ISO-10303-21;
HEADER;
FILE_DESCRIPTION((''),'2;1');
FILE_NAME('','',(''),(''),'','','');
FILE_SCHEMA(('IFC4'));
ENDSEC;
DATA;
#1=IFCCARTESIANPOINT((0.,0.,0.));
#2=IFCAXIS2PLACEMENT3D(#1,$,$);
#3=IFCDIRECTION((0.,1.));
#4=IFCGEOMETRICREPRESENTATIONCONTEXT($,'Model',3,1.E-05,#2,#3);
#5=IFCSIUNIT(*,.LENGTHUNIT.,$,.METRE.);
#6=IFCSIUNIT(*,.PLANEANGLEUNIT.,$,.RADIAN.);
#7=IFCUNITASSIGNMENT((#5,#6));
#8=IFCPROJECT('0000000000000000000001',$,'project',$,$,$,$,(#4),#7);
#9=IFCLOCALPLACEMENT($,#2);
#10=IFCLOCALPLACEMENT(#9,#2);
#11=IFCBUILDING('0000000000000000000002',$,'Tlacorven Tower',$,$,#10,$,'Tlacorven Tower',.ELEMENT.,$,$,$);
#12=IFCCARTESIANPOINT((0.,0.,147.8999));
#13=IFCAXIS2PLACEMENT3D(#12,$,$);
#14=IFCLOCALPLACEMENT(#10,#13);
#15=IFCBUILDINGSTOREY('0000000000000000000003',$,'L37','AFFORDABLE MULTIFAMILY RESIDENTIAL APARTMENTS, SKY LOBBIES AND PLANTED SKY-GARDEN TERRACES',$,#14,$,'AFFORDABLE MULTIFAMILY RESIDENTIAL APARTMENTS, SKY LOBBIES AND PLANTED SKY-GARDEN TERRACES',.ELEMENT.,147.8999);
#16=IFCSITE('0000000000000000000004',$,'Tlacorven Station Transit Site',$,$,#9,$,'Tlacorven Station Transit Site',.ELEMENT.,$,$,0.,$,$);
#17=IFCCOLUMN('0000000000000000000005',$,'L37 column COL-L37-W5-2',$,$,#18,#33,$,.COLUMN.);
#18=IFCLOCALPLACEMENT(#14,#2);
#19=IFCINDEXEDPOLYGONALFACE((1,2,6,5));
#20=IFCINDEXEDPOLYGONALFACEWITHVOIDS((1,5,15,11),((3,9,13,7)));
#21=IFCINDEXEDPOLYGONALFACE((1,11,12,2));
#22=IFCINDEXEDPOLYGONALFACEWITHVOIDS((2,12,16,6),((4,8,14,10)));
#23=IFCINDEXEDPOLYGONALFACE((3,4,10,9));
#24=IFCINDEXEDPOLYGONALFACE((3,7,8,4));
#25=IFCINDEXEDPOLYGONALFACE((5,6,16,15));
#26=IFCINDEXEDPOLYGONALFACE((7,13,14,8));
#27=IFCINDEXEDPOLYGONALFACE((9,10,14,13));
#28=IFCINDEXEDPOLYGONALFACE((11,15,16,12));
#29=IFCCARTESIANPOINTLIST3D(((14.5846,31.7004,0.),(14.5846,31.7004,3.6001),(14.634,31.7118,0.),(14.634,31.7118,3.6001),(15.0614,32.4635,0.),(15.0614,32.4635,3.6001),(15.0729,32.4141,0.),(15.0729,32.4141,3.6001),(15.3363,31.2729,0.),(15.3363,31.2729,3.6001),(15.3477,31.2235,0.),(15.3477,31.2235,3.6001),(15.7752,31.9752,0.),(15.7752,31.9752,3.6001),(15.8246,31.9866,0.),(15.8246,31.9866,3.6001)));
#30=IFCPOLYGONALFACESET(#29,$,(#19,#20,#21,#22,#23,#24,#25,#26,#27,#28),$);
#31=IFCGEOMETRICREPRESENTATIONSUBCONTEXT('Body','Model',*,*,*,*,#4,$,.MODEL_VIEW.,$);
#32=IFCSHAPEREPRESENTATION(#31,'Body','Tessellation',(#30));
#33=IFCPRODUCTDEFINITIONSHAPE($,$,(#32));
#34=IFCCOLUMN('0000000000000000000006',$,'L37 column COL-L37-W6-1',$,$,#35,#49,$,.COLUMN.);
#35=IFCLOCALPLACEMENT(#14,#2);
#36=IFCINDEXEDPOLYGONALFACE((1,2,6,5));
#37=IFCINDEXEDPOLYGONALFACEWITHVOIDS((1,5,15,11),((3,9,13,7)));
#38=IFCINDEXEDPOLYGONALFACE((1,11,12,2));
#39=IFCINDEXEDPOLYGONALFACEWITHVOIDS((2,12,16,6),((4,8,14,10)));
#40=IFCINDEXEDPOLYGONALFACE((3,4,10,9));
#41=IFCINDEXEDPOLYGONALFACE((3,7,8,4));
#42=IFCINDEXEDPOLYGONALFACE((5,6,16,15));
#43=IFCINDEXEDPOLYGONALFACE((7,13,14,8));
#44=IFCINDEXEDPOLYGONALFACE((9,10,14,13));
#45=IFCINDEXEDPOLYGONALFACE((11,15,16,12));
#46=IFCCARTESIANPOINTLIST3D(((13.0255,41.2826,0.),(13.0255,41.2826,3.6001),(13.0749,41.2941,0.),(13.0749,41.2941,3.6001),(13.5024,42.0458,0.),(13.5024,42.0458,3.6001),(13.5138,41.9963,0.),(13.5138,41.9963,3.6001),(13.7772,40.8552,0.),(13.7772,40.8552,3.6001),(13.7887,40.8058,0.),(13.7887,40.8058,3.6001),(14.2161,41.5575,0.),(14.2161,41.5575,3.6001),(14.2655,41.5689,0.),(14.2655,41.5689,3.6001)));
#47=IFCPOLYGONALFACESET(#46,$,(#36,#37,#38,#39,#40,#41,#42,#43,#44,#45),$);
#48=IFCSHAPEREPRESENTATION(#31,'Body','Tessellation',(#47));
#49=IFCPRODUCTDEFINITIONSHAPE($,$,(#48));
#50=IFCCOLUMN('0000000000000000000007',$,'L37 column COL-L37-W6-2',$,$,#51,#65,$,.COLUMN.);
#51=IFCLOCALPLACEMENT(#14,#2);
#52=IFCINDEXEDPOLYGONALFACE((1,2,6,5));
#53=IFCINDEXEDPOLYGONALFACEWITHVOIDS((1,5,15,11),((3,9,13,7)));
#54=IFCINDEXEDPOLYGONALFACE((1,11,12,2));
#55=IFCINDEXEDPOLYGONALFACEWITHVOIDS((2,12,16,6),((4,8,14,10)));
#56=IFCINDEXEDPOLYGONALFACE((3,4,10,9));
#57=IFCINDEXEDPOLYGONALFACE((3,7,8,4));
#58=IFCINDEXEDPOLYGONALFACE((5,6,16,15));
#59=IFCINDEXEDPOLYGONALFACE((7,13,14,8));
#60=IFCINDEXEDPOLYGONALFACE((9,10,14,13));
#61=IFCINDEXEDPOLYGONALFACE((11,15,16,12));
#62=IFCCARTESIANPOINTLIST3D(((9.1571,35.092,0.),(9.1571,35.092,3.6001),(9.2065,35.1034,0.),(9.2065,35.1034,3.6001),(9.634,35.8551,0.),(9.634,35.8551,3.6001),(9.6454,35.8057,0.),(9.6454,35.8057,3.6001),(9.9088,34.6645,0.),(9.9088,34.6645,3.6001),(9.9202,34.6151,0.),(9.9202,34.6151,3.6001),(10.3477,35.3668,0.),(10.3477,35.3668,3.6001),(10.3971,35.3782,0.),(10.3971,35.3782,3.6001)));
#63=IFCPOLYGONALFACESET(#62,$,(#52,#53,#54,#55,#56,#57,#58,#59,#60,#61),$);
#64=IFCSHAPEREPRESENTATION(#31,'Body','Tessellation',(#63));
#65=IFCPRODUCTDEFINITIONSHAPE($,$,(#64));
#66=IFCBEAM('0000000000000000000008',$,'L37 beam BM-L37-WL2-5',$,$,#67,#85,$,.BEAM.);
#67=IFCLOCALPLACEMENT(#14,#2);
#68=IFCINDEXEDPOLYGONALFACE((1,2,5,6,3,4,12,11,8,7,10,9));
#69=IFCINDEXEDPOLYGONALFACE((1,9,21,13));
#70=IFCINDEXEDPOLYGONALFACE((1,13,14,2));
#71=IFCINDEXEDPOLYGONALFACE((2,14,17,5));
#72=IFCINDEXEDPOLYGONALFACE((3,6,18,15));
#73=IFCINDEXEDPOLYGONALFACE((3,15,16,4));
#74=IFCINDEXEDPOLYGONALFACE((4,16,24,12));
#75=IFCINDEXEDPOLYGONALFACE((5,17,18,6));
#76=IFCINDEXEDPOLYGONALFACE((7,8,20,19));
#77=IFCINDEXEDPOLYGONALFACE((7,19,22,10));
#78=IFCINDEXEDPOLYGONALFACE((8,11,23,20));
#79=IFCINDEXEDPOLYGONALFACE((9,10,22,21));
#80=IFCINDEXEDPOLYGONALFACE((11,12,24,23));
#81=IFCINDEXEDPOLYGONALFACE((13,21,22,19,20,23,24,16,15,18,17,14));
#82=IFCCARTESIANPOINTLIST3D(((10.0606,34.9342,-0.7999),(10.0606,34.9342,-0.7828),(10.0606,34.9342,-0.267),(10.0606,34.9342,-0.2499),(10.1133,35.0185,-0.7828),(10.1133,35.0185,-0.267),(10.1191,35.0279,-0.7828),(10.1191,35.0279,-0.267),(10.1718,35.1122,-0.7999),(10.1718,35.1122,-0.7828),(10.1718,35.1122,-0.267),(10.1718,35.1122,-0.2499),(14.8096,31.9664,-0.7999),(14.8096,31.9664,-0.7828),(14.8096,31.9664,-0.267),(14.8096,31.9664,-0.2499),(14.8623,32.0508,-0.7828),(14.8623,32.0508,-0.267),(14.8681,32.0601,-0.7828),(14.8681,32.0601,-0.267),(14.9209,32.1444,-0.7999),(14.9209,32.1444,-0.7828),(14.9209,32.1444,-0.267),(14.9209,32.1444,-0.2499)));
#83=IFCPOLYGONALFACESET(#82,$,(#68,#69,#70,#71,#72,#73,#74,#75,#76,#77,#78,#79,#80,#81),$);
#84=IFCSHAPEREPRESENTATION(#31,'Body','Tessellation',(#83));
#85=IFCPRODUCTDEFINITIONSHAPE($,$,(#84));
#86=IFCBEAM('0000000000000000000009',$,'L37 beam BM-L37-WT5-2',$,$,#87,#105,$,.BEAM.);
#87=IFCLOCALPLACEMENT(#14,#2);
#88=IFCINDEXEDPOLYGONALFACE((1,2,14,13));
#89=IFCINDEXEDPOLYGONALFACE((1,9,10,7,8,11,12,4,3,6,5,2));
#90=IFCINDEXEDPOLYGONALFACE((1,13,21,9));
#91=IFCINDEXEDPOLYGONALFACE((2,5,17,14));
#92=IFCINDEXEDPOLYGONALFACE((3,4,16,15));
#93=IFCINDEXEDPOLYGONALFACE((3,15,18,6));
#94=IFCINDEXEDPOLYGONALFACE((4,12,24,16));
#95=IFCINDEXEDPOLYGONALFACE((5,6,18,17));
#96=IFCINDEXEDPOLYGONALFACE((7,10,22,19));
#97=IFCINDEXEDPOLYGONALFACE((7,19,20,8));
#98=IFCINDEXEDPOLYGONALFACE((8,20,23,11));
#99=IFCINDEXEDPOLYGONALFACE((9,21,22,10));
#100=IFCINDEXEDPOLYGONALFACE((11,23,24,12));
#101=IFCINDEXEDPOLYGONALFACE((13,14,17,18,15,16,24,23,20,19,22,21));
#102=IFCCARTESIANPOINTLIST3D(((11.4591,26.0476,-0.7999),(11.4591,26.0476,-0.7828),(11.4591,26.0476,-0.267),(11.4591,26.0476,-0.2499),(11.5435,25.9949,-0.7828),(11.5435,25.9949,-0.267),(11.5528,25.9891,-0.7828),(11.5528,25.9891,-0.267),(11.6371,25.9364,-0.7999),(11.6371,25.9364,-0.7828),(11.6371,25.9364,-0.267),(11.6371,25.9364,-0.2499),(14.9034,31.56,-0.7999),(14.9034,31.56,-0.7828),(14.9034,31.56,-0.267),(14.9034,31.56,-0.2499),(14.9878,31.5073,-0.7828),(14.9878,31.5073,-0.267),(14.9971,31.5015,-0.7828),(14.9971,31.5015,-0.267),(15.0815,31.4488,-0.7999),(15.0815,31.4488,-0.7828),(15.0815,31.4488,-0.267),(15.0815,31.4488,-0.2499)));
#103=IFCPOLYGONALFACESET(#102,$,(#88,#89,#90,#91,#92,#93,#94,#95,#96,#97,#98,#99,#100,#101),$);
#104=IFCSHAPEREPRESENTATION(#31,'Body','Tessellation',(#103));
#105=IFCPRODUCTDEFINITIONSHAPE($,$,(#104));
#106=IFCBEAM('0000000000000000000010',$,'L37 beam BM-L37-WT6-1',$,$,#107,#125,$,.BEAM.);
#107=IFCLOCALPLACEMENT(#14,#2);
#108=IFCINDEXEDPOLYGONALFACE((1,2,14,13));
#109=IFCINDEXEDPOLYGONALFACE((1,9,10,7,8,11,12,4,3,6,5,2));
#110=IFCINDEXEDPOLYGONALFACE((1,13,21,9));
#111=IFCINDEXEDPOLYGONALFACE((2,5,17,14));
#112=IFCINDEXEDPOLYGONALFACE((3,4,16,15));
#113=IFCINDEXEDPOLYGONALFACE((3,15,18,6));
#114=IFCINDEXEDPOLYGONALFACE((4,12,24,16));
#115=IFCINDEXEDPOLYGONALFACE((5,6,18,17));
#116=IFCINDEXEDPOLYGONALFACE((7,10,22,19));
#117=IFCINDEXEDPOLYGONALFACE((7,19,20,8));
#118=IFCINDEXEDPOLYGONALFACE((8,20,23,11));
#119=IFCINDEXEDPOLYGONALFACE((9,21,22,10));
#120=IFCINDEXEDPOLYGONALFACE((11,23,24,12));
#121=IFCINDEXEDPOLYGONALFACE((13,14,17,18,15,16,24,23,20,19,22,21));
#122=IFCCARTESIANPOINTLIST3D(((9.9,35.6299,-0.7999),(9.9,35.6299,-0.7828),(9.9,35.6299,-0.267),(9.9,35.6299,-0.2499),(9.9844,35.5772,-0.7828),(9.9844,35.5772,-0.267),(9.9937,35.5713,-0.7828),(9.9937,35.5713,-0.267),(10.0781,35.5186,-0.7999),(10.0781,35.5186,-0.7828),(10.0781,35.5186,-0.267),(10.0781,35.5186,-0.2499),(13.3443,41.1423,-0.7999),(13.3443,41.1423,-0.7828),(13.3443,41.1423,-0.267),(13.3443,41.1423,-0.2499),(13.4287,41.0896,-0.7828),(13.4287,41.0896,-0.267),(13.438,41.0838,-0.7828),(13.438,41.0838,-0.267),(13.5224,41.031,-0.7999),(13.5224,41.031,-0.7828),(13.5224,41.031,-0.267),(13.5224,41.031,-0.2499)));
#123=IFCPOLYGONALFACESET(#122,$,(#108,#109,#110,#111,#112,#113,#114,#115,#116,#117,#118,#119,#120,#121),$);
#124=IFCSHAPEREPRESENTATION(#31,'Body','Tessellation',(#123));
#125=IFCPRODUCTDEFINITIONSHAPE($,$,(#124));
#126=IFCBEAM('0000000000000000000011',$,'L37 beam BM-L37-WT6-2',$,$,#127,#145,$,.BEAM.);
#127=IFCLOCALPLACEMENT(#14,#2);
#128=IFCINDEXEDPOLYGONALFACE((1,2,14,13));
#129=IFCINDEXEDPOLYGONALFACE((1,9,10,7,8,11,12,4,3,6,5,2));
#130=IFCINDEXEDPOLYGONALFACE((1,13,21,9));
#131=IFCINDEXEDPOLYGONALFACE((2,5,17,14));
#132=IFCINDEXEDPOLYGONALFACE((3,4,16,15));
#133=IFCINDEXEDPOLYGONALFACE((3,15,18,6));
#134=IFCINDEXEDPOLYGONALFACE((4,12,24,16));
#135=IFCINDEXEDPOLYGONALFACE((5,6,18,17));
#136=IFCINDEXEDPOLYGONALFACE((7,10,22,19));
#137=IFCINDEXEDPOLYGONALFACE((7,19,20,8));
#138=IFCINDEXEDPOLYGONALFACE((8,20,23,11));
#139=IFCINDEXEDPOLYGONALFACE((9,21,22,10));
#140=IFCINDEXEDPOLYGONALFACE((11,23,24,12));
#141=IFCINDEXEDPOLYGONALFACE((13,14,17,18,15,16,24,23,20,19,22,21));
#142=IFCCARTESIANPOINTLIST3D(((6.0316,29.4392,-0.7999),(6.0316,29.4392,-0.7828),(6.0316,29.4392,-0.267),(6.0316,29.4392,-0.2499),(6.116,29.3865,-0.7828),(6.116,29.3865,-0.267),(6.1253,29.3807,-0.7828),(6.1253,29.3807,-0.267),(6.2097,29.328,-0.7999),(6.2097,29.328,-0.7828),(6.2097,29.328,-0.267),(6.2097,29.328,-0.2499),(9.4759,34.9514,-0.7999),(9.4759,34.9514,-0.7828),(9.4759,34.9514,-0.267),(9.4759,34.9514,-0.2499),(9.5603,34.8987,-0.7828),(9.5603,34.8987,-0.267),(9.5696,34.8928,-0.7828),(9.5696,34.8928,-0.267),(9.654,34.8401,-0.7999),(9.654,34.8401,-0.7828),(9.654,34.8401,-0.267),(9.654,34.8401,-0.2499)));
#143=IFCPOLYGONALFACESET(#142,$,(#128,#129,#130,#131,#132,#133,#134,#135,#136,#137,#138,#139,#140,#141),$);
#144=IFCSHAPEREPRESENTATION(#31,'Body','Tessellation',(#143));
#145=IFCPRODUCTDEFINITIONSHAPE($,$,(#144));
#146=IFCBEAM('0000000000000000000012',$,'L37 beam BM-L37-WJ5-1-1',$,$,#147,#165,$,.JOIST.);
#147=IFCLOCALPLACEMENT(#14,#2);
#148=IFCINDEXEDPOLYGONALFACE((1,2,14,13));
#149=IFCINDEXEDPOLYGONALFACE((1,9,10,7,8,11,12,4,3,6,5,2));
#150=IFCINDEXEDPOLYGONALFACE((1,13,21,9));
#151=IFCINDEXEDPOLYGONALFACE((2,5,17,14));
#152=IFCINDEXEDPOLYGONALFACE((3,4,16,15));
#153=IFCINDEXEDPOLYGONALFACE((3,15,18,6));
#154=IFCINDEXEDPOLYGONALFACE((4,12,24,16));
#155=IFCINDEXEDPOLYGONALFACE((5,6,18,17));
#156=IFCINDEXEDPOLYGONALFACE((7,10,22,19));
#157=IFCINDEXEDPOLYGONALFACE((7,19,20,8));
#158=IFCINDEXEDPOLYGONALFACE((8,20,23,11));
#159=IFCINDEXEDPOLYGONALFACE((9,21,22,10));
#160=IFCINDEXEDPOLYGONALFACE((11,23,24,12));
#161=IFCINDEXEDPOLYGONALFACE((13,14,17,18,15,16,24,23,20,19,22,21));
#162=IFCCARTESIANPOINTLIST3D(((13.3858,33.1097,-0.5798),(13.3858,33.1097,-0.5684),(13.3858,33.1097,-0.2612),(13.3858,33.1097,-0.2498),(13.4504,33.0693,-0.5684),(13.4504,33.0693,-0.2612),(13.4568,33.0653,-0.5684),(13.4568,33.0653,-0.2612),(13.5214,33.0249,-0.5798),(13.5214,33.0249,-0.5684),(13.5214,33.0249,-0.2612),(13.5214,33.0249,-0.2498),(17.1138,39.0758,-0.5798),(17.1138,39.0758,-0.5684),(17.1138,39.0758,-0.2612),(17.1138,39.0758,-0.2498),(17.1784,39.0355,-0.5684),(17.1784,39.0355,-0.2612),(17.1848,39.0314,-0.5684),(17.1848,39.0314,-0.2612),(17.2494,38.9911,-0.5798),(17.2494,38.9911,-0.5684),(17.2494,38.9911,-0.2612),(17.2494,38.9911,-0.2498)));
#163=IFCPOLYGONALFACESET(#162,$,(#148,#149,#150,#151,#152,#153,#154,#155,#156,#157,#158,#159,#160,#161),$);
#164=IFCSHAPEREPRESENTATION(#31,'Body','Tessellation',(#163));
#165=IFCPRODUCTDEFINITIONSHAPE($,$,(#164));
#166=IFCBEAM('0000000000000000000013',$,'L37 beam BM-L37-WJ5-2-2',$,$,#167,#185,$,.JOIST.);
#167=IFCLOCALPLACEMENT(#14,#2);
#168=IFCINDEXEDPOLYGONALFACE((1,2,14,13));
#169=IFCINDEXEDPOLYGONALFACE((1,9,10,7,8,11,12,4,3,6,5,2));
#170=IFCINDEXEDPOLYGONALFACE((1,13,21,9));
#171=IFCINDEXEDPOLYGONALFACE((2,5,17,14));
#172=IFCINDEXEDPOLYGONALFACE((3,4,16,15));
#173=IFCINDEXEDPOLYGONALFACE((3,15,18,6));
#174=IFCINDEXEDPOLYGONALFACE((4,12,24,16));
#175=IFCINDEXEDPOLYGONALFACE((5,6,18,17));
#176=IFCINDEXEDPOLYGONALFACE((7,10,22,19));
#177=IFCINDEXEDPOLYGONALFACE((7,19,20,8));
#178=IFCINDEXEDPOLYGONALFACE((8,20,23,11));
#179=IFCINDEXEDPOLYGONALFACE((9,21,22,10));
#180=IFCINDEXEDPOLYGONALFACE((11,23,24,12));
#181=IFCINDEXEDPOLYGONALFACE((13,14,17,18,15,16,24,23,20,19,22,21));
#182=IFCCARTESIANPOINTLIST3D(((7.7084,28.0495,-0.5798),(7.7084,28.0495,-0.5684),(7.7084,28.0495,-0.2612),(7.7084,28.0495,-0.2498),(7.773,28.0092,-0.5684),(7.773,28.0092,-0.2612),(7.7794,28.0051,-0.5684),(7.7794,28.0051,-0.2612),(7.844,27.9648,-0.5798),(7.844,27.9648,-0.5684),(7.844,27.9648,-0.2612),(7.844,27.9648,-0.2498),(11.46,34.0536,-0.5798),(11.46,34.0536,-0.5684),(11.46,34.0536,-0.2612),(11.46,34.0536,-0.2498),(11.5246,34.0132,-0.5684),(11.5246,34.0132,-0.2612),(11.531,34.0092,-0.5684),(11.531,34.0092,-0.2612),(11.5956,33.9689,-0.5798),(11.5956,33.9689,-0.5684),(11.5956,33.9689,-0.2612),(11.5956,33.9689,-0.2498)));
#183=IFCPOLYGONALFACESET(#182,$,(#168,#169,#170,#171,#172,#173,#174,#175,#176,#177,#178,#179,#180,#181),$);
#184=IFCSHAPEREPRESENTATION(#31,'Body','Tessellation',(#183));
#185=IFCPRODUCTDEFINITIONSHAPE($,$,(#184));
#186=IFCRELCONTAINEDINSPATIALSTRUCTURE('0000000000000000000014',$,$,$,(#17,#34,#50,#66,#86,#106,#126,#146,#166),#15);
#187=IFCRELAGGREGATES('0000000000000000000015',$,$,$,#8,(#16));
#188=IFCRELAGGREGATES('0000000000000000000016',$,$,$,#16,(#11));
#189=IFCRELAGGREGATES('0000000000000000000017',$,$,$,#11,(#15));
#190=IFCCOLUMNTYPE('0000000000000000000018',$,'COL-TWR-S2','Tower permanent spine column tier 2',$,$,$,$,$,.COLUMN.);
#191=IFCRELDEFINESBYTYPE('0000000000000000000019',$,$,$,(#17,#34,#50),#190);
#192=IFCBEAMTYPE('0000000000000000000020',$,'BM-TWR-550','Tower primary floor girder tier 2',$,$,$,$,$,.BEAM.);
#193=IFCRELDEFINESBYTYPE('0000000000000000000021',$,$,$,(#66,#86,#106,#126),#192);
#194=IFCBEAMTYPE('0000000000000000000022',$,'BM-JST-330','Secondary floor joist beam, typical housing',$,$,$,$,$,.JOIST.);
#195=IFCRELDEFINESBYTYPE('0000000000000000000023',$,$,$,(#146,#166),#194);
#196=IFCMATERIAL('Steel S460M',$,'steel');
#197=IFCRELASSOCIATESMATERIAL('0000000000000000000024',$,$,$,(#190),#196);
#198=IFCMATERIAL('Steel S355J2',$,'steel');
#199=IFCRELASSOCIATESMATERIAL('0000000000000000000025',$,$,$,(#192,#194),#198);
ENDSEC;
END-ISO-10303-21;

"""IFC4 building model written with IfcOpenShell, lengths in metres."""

from ifc_helpers import new_model, si_unit, direction, frame, origin, origin_2d, place, context, subcontext, project, spatial, hollow_rectangle, i_section, extrude, source, transform, mapped, material, material_profile, profile_set, type_object, element, save


model = new_model("IFC4")

# Units and contexts
model_context = context("Model", 3, precision=1e-05, world=origin(), true_north=direction((0.0, 1.0)))
body_context = subcontext(model_context, "Body", "Model", "MODEL_VIEW")
ifc_project = project(units=[si_unit("LENGTHUNIT", "METRE"), si_unit("PLANEANGLEUNIT", "RADIAN")], contexts=[model_context])

# Site, building, storey
site_placement = place(None, origin())
site = spatial("IfcSite", under=ifc_project, at=site_placement, Name="Tlacorven Station Transit Site", LongName="Tlacorven Station Transit Site", CompositionType="ELEMENT", RefElevation=0.0)
building_placement = place(site_placement, origin())
building = spatial("IfcBuilding", under=site, at=building_placement, Name="Tlacorven Tower", LongName="Tlacorven Tower", CompositionType="ELEMENT")
storey_placement = place(building_placement, frame((0.0, 0.0, 147.8999)))
storey = spatial("IfcBuildingStorey", under=building, at=storey_placement, Name="L37", Description="AFFORDABLE MULTIFAMILY RESIDENTIAL APARTMENTS, SKY LOBBIES AND PLANTED SKY-GARDEN TERRACES", LongName="AFFORDABLE MULTIFAMILY RESIDENTIAL APARTMENTS, SKY LOBBIES AND PLANTED SKY-GARDEN TERRACES", CompositionType="ELEMENT", Elevation=147.8999)

# Columns
ifc_material_1 = material(Name="Steel S460M", Category="steel")
ifc_material_profile_1 = material_profile(ifc_material_1, hollow_rectangle(XDim=0.8999, YDim=0.8999, WallThickness=0.0359, at=origin_2d()), Name="BOX 900X900X36")
ifc_profile_set_1 = profile_set([ifc_material_profile_1], Name="Steel S460M")
column_type = type_object("IfcColumnType", Name="COL-TWR-S2", Description="Tower permanent spine column tier 2", PredefinedType="COLUMN", material=ifc_profile_set_1)
shared_shape_1 = source(origin(), body_context, "Body", "SweptSolid", [
    extrude(hollow_rectangle(XDim=0.8999, YDim=0.8999, WallThickness=0.0359, at=origin_2d()), origin(), (0.0, 0.0, 1.0), 3.6001),
])
for number, where, z_axis, x_axis, name in (
    (1, (15.2046, 31.8435, 0.0), (0.0, 0.0, 1.0), (-0.848048, 0.529919, 0.0), "L37 column COL-L37-W5-2"),
    (2, (13.6455, 41.4258, 0.0), (0.0, 0.0, 1.0), (-0.848048, 0.529919, 0.0), "L37 column COL-L37-W6-1"),
    (3, (9.7771, 35.2351, 0.0), (0.0, 0.0, 1.0), (-0.848048, 0.529919, 0.0), "L37 column COL-L37-W6-2"),
):
    element("IfcColumn", number, at=place(storey_placement, frame(where, z_axis=z_axis, x_axis=x_axis)), inside=storey, type_object=column_type, Name=name, PredefinedType="COLUMN", context=body_context, shape_type="MappedRepresentation", body=[
        mapped(shared_shape_1, transform((0.0, 0.0, 0.0), scale=1.0)),
    ])

# Beams
ifc_material_2 = material(Name="Steel S355J2", Category="steel")
ifc_material_profile_2 = material_profile(ifc_material_2, i_section(OverallWidth=0.21, OverallDepth=0.55, WebThickness=0.011, FlangeThickness=0.0171, at=origin_2d()), Name="IPE 550")
ifc_profile_set_2 = profile_set([ifc_material_profile_2], Name="Steel S355J2")
beam_type_1 = type_object("IfcBeamType", Name="BM-TWR-550", Description="Tower primary floor girder tier 2", PredefinedType="BEAM", material=ifc_profile_set_2)
shared_shape_2 = source(origin(), body_context, "Body", "SweptSolid", [
    extrude(i_section(OverallWidth=0.21, OverallDepth=0.55, WebThickness=0.011, FlangeThickness=0.0171, at=origin_2d()), origin(), (0.0, 0.0, 1.0), 5.6001),
])
beam_1_placement = place(storey_placement, frame((14.8652, 32.0554, -0.5249), z_axis=(-0.848028, 0.529952, 0.0), x_axis=(-0.529952, -0.848028, 0.0)))
element("IfcBeam", 4, at=beam_1_placement, inside=storey, type_object=beam_type_1, Name="L37 beam BM-L37-WL2-5", PredefinedType="BEAM", context=body_context, shape_type="MappedRepresentation", body=[
    mapped(shared_shape_2, transform((0.0, 0.0, 0.0), scale=1.0)),
])
shared_shape_3 = source(origin(), body_context, "Body", "SweptSolid", [
    extrude(i_section(OverallWidth=0.21, OverallDepth=0.55, WebThickness=0.011, FlangeThickness=0.0171, at=origin_2d()), origin(), (0.0, 0.0, 1.0), 6.5),
])
for number, where, z_axis, x_axis, name in (
    (5, (14.9924, 31.5044, -0.5249), (-0.529894, -0.848064, 0.0), (0.848064, -0.529894, 0.0), "L37 beam BM-L37-WT5-2"),
    (6, (13.4333, 41.0867, -0.5249), (-0.529894, -0.848064, 0.0), (0.848064, -0.529894, 0.0), "L37 beam BM-L37-WT6-1"),
):
    element("IfcBeam", number, at=place(storey_placement, frame(where, z_axis=z_axis, x_axis=x_axis)), inside=storey, type_object=beam_type_1, Name=name, PredefinedType="BEAM", context=body_context, shape_type="MappedRepresentation", body=[
        mapped(shared_shape_3, transform((0.0, 0.0, 0.0), scale=1.0)),
    ])
shared_shape_4 = source(origin(), body_context, "Body", "SweptSolid", [
    extrude(i_section(OverallWidth=0.21, OverallDepth=0.55, WebThickness=0.011, FlangeThickness=0.0171, at=origin_2d()), origin(), (0.0, 0.0, 1.0), 6.4998),
])
beam_2_placement = place(storey_placement, frame((9.5649, 34.8958, -0.5249), z_axis=(-0.529911, -0.848053, 0.0), x_axis=(0.848053, -0.529911, 0.0)))
element("IfcBeam", 7, at=beam_2_placement, inside=storey, type_object=beam_type_1, Name="L37 beam BM-L37-WT6-2", PredefinedType="BEAM", context=body_context, shape_type="MappedRepresentation", body=[
    mapped(shared_shape_4, transform((0.0, 0.0, 0.0), scale=1.0)),
])
ifc_material_profile_3 = material_profile(ifc_material_2, i_section(OverallWidth=0.1599, OverallDepth=0.3301, WebThickness=0.0076, FlangeThickness=0.0115, at=origin_2d()), Name="IPE 330")
ifc_profile_set_3 = profile_set([ifc_material_profile_3], Name="Steel S355J2")
beam_type_2 = type_object("IfcBeamType", Name="BM-JST-330", Description="Secondary floor joist beam, typical housing", PredefinedType="JOIST", material=ifc_profile_set_3)
shared_shape_5 = source(origin(), body_context, "Body", "SweptSolid", [
    extrude(i_section(OverallWidth=0.1599, OverallDepth=0.3301, WebThickness=0.0076, FlangeThickness=0.0115, at=origin_2d()), origin(), (0.0, 0.0, 1.0), 7.0352),
])
beam_3_placement = place(storey_placement, frame((17.1816, 39.0334, -0.4148), z_axis=(-0.529921, -0.848047, 0.0), x_axis=(0.848047, -0.529921, 0.0)))
element("IfcBeam", 8, at=beam_3_placement, inside=storey, type_object=beam_type_2, Name="L37 beam BM-L37-WJ5-1-1", PredefinedType="JOIST", context=body_context, shape_type="MappedRepresentation", body=[
    mapped(shared_shape_5, transform((0.0, 0.0, 0.0), scale=1.0)),
])
shared_shape_6 = source(origin(), body_context, "Body", "SweptSolid", [
    extrude(i_section(OverallWidth=0.1599, OverallDepth=0.3301, WebThickness=0.0076, FlangeThickness=0.0115, at=origin_2d()), origin(), (0.0, 0.0, 1.0), 7.0798),
])
beam_4_placement = place(storey_placement, frame((11.5278, 34.0112, -0.4148), z_axis=(-0.529909, -0.848054, 0.0), x_axis=(0.848054, -0.529909, 0.0)))
element("IfcBeam", 9, at=beam_4_placement, inside=storey, type_object=beam_type_2, Name="L37 beam BM-L37-WJ5-2-2", PredefinedType="JOIST", context=body_context, shape_type="MappedRepresentation", body=[
    mapped(shared_shape_6, transform((0.0, 0.0, 0.0), scale=1.0)),
])

save(model, "model.ifc")
